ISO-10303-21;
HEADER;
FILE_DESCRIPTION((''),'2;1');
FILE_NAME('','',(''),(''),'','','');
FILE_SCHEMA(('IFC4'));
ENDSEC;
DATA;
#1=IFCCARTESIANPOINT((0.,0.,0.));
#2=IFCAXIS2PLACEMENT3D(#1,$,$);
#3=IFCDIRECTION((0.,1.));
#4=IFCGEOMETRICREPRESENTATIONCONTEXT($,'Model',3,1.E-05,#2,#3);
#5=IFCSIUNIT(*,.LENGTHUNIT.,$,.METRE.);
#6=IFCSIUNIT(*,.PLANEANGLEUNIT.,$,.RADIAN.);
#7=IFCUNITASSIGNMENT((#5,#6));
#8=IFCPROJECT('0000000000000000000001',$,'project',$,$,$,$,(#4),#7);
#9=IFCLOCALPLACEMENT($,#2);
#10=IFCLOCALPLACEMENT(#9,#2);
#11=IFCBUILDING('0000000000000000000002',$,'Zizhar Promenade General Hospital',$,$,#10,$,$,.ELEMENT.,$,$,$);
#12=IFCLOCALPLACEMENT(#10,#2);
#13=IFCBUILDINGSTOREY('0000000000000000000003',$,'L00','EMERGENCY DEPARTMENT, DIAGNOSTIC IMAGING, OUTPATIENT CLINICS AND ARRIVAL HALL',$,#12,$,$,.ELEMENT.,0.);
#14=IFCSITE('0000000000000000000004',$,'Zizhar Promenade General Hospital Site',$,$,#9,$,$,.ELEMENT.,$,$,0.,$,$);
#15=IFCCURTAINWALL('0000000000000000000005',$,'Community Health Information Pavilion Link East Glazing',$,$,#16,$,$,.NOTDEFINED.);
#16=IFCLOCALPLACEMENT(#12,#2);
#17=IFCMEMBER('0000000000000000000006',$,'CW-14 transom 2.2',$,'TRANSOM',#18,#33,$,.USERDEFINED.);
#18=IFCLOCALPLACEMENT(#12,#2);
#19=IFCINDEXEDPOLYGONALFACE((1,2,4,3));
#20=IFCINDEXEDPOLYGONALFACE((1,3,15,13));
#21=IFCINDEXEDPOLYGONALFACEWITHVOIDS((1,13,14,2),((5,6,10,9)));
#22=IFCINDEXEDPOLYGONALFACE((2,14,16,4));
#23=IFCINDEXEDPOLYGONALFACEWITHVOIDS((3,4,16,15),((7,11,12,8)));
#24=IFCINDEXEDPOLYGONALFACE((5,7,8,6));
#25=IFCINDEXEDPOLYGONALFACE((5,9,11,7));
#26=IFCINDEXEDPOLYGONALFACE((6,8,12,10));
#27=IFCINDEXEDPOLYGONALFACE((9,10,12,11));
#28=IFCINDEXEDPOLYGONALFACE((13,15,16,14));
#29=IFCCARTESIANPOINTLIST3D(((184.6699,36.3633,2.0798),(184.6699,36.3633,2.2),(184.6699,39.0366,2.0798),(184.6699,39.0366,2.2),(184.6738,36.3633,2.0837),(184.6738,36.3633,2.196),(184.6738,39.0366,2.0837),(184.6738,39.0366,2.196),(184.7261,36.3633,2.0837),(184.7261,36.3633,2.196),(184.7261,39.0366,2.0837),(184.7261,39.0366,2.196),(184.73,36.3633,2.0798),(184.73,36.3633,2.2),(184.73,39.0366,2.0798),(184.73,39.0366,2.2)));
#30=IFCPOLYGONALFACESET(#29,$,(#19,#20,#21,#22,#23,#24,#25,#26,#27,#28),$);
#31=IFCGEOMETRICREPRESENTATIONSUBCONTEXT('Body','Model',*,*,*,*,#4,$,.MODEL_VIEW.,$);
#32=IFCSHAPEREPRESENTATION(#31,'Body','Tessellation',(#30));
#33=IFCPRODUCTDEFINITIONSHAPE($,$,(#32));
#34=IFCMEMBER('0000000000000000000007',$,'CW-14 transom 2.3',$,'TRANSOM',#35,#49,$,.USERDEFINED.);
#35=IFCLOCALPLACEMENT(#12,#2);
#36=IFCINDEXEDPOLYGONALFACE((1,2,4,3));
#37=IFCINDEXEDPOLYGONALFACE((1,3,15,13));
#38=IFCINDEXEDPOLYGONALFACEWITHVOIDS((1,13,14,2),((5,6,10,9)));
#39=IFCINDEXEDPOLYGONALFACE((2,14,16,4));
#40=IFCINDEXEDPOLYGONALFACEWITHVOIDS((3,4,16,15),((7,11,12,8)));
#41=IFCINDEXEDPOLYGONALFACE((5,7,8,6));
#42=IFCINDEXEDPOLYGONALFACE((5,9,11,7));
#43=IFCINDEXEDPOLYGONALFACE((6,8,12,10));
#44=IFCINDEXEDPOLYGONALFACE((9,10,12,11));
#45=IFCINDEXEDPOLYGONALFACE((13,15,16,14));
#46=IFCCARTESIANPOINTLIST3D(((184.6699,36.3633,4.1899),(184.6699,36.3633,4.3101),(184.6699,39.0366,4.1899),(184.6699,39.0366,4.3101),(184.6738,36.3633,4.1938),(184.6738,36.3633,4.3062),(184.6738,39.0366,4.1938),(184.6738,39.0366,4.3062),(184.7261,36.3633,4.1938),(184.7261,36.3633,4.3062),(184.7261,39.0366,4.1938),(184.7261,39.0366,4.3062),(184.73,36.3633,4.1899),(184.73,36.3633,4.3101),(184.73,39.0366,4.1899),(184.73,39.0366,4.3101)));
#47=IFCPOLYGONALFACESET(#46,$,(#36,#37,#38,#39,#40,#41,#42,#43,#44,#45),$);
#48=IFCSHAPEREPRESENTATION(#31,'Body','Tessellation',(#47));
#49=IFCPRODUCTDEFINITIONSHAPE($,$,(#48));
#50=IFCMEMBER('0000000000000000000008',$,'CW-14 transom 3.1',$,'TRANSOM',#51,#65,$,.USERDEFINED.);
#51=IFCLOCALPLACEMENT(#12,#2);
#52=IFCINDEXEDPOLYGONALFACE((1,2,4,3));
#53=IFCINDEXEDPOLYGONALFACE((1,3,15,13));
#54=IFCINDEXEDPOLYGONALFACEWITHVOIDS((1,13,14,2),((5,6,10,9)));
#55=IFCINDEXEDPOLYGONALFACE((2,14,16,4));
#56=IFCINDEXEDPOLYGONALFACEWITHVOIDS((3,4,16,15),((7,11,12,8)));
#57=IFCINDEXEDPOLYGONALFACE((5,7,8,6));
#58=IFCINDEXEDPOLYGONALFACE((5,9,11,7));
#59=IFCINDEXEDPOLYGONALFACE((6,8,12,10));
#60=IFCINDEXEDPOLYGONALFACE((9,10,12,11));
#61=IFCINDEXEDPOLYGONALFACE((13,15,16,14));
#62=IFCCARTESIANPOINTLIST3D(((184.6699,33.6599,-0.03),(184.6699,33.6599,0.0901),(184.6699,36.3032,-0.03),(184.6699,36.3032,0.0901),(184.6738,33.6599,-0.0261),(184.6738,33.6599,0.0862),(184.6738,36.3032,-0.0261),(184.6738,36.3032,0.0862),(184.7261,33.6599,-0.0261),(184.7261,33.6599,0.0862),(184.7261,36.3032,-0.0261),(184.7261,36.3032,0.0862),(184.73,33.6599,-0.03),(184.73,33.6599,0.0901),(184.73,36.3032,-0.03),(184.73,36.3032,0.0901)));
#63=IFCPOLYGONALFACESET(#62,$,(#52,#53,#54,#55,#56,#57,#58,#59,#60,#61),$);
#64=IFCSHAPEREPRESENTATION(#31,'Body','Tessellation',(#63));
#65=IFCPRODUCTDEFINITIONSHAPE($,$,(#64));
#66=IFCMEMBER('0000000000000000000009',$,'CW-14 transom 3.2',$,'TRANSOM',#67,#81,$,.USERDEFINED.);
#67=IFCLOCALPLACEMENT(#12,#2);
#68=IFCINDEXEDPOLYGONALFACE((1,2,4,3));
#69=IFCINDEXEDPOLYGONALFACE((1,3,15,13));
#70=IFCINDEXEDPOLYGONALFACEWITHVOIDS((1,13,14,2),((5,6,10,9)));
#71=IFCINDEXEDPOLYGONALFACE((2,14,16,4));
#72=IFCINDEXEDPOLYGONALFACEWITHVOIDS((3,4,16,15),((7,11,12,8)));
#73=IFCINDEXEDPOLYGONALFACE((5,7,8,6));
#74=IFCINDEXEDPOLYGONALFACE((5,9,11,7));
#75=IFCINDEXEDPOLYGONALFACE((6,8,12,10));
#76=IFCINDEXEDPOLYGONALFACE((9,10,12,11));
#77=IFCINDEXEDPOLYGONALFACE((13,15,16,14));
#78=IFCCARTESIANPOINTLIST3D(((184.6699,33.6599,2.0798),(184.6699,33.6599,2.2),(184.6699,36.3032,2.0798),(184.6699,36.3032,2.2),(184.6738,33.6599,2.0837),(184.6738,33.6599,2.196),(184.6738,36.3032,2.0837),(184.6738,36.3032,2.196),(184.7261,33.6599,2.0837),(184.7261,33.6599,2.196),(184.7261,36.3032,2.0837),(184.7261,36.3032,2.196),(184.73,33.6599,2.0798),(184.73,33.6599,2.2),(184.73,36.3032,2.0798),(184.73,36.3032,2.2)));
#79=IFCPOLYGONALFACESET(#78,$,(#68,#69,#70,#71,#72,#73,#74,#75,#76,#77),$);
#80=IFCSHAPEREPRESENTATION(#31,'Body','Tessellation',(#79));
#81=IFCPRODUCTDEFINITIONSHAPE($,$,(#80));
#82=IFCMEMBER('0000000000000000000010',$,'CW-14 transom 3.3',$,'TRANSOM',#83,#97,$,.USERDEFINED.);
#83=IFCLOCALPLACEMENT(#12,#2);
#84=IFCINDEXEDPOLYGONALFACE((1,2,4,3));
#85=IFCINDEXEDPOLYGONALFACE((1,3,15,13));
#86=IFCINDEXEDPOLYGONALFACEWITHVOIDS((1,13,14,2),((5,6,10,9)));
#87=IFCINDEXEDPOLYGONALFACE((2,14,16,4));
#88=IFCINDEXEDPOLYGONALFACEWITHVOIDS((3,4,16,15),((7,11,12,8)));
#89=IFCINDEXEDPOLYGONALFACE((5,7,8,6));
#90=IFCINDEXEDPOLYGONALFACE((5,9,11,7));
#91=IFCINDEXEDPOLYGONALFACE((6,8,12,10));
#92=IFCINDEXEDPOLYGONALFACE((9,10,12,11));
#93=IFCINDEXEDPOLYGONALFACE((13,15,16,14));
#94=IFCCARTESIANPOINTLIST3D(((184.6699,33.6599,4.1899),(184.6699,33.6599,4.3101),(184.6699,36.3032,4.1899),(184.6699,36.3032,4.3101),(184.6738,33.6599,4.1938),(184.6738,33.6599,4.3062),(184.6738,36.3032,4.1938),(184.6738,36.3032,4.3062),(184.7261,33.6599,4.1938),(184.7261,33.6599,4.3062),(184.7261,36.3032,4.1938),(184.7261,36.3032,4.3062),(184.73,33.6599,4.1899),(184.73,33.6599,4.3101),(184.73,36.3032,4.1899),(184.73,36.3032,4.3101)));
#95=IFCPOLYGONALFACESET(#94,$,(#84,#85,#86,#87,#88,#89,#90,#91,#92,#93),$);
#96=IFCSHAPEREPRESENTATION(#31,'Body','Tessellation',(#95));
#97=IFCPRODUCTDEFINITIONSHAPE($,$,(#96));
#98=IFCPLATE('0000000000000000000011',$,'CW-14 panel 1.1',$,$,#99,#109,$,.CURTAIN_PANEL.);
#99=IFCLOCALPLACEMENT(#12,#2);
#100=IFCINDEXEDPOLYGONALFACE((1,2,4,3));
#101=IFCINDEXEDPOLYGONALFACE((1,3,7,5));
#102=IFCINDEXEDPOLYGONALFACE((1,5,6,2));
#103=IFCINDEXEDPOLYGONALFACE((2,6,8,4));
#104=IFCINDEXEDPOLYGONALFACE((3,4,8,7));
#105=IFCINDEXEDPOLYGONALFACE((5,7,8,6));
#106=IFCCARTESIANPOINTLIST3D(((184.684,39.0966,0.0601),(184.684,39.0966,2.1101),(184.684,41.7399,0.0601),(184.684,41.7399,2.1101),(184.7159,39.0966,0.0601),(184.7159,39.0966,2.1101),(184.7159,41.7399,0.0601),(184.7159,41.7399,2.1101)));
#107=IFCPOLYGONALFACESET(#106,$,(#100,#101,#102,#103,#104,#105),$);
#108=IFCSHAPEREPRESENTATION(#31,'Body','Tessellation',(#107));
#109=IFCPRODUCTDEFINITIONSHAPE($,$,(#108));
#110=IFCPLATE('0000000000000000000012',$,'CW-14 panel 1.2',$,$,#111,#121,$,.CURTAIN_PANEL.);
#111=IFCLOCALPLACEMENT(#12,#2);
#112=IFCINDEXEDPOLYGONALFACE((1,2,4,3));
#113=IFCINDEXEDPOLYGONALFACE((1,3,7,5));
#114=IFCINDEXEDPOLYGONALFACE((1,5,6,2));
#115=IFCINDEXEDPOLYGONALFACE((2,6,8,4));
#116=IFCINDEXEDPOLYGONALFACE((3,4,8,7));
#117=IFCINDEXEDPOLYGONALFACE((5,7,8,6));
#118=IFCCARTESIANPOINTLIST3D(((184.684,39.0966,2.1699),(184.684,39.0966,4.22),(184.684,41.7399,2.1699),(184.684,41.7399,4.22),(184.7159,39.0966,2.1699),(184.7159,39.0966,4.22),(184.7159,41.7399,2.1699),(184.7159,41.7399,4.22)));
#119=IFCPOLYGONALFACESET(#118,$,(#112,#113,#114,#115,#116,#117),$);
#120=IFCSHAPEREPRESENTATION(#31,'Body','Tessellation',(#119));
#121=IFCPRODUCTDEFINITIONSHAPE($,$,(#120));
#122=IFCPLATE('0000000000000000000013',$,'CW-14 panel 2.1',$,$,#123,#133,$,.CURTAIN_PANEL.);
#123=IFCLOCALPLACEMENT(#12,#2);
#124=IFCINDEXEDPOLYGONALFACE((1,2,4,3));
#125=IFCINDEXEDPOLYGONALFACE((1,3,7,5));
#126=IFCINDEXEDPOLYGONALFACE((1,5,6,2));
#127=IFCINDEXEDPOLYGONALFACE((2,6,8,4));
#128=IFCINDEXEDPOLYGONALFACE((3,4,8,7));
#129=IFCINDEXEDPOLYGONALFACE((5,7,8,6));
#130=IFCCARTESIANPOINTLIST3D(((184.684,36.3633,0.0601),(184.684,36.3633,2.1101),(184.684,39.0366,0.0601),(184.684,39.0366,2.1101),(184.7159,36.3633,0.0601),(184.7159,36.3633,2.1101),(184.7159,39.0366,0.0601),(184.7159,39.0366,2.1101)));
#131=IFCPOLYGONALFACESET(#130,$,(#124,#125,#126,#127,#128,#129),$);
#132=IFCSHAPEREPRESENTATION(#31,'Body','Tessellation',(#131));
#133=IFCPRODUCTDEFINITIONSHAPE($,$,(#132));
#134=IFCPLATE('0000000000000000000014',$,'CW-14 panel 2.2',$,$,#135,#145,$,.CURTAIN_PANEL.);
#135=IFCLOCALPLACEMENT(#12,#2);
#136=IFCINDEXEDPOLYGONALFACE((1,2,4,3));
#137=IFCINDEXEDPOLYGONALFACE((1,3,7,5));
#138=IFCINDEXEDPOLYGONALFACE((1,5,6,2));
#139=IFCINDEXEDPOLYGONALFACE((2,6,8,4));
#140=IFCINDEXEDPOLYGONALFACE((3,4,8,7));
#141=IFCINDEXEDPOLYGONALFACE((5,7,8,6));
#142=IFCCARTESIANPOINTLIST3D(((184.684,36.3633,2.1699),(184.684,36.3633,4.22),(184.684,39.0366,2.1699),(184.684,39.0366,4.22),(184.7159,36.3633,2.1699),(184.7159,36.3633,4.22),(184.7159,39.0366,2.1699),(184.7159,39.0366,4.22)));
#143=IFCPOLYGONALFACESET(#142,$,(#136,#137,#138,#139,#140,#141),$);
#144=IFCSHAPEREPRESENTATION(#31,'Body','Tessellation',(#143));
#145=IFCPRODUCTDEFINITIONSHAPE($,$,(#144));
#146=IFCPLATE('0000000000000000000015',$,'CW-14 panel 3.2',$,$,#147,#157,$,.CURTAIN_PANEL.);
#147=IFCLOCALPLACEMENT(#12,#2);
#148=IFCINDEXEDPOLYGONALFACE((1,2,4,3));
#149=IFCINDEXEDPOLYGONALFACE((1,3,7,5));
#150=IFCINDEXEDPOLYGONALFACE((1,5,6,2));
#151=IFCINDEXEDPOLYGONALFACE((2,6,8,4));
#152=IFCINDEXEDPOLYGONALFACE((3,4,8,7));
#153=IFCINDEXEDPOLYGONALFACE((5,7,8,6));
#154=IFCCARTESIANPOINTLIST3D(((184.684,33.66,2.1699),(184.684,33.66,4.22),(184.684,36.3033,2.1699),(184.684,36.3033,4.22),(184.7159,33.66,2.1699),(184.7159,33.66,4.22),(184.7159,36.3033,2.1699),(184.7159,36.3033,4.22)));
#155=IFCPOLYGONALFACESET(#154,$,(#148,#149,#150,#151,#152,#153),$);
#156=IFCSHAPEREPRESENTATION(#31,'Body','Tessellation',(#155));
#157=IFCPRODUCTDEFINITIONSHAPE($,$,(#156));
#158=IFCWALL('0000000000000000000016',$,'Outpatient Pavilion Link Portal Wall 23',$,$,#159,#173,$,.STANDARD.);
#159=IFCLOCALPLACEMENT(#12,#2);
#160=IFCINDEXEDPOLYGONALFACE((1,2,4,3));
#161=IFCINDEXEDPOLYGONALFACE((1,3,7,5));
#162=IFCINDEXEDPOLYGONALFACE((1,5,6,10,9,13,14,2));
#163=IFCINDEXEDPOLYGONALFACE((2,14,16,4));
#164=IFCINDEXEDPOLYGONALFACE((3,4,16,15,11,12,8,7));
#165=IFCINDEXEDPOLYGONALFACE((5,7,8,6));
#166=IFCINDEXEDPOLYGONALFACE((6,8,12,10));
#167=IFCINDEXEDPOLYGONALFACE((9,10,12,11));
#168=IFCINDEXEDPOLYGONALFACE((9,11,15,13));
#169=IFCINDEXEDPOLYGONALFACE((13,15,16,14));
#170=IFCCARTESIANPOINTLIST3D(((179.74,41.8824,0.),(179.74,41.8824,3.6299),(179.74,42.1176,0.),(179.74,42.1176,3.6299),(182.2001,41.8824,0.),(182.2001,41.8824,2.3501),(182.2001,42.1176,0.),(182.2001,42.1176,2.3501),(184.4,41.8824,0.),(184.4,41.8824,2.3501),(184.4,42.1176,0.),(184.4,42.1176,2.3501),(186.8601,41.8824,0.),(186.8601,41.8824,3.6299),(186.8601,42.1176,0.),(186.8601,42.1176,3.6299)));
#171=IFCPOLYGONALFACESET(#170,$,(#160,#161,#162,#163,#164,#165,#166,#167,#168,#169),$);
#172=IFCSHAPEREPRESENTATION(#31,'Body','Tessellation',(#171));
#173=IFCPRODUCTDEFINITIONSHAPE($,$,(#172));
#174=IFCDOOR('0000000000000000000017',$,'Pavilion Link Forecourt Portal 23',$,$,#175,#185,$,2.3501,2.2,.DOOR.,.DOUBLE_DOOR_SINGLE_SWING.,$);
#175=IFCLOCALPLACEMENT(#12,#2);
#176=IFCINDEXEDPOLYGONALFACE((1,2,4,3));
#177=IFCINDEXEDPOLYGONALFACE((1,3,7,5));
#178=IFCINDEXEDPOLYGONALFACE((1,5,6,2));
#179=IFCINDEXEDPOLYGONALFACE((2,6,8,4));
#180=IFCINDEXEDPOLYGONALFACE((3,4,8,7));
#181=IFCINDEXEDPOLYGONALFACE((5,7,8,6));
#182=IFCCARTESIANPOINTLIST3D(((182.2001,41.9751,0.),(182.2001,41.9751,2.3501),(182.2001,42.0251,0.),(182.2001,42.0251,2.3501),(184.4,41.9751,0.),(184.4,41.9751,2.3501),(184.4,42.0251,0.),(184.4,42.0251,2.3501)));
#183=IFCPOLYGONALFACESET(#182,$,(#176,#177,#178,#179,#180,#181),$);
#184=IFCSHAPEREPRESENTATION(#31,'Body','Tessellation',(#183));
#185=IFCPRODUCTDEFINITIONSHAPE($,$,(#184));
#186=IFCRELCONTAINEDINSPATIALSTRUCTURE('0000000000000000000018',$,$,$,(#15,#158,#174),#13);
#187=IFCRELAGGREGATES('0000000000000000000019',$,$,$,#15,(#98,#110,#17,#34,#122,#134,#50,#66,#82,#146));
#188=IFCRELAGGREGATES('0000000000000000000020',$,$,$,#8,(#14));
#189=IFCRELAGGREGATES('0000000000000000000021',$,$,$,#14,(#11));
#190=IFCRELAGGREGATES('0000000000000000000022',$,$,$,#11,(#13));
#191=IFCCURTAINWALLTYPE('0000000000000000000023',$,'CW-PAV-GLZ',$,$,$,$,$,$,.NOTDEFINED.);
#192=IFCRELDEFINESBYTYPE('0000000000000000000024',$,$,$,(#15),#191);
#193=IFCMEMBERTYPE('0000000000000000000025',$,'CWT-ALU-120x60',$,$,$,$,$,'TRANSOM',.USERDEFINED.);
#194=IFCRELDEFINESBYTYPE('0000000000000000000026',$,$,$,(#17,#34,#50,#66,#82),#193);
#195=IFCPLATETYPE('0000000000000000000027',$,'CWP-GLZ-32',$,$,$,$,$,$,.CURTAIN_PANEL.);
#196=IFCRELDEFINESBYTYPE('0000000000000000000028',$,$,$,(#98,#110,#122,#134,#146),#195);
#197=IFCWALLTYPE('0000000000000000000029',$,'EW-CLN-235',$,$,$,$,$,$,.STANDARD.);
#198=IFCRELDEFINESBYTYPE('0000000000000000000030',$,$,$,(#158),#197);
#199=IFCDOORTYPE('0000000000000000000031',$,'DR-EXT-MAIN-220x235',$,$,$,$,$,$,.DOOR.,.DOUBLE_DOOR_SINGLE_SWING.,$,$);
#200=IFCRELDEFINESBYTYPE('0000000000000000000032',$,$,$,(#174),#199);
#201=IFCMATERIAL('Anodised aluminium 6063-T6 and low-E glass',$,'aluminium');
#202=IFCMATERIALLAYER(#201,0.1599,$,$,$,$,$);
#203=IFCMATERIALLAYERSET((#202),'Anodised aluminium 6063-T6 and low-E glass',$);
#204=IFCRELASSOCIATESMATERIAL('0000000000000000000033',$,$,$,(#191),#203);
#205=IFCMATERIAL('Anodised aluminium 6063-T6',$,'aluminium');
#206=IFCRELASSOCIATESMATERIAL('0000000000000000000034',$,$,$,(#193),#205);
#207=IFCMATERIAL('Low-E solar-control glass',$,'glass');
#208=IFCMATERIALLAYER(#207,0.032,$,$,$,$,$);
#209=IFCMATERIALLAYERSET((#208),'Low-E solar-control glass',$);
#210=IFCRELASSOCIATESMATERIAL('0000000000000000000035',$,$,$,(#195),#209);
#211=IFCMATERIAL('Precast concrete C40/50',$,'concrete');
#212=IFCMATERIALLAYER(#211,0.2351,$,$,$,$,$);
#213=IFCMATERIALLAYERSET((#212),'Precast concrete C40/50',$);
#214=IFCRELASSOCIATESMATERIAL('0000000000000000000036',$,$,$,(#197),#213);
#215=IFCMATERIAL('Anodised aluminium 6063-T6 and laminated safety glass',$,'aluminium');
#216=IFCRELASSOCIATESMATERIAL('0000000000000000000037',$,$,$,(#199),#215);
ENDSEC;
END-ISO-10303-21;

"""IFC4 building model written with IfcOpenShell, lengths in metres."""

from ifc_helpers import new_model, si_unit, direction, frame, frame_2d, origin, origin_2d, place, context, subcontext, project, spatial, rectangle, hollow_rectangle, extrude, material, layer, layer_set, material_profile, profile_set, type_object, element, fill, aggregate, save


model = new_model("IFC4")

# Units and contexts
model_context = context("Model", 3, precision=1e-05, world=origin(), true_north=direction((0.0, 1.0)))
body_context = subcontext(model_context, "Body", "Model", "MODEL_VIEW")
ifc_project = project(units=[si_unit("LENGTHUNIT", "METRE"), si_unit("PLANEANGLEUNIT", "RADIAN")], contexts=[model_context])

# Site, building, storey
site_placement = place(None, origin())
site = spatial("IfcSite", under=ifc_project, at=site_placement, Name="Zizhar Promenade General Hospital Site", CompositionType="ELEMENT", RefElevation=0.0)
building_placement = place(site_placement, origin())
building = spatial("IfcBuilding", under=site, at=building_placement, Name="Zizhar Promenade General Hospital", CompositionType="ELEMENT")
storey_placement = place(building_placement, origin())
storey = spatial("IfcBuildingStorey", under=building, at=storey_placement, Name="L00", Description="EMERGENCY DEPARTMENT, DIAGNOSTIC IMAGING, OUTPATIENT CLINICS AND ARRIVAL HALL", CompositionType="ELEMENT", Elevation=0.0)

# Curtain wall, members, plates
ifc_material_1 = material(Name="Anodised aluminium 6063-T6 and low-E glass", Category="aluminium")
ifc_layer_1 = layer(ifc_material_1, 0.1599)
ifc_layer_set_1 = layer_set([ifc_layer_1], Name="Anodised aluminium 6063-T6 and low-E glass")
curtain_wall_type = type_object("IfcCurtainWallType", Name="CW-PAV-GLZ", PredefinedType="NOTDEFINED", material=ifc_layer_set_1)
curtain_wall_placement = place(storey_placement, origin())
curtain_wall = element("IfcCurtainWall", 1, at=curtain_wall_placement, inside=storey, type_object=curtain_wall_type, Name="Community Health Information Pavilion Link East Glazing", PredefinedType="NOTDEFINED")
ifc_material_2 = material(Name="Anodised aluminium 6063-T6", Category="aluminium")
ifc_material_profile_1 = material_profile(ifc_material_2, hollow_rectangle(XDim=0.0601, YDim=0.1201, WallThickness=0.0039, at=origin_2d()))
ifc_profile_set_1 = profile_set([ifc_material_profile_1], Name="Anodised aluminium 6063-T6")
member_type_1 = type_object("IfcMemberType", Name="CWT-ALU-120x60", ElementType="TRANSOM", PredefinedType="USERDEFINED", material=ifc_profile_set_1)
member_1_placement = place(storey_placement, frame((184.7, 39.0366, 2.1399), z_axis=(0.0, -1.0, 0.0), x_axis=(1.0, 0.0, 0.0)))
member_1 = element("IfcMember", 2, at=member_1_placement, type_object=member_type_1, Name="CW-14 transom 2.2", ObjectType="TRANSOM", PredefinedType="USERDEFINED", context=body_context, shape_type="SweptSolid", body=[
    extrude(hollow_rectangle(XDim=0.0601, YDim=0.1201, WallThickness=0.0039, at=origin_2d()), origin(), (0.0, 0.0, 1.0), 2.6733),
])
member_2_placement = place(storey_placement, frame((184.7, 39.0366, 4.25), z_axis=(0.0, -1.0, 0.0), x_axis=(1.0, 0.0, 0.0)))
member_2 = element("IfcMember", 3, at=member_2_placement, type_object=member_type_1, Name="CW-14 transom 2.3", ObjectType="TRANSOM", PredefinedType="USERDEFINED", context=body_context, shape_type="SweptSolid", body=[
    extrude(hollow_rectangle(XDim=0.0601, YDim=0.1201, WallThickness=0.0039, at=origin_2d()), origin(), (0.0, 0.0, 1.0), 2.6733),
])
member_3_placement = place(storey_placement, frame((184.7, 36.3032, 0.03), z_axis=(0.0, -1.0, 0.0), x_axis=(1.0, 0.0, 0.0)))
member_3 = element("IfcMember", 4, at=member_3_placement, type_object=member_type_1, Name="CW-14 transom 3.1", ObjectType="TRANSOM", PredefinedType="USERDEFINED", context=body_context, shape_type="SweptSolid", body=[
    extrude(hollow_rectangle(XDim=0.0601, YDim=0.1201, WallThickness=0.0039, at=origin_2d()), origin(), (0.0, 0.0, 1.0), 2.6433),
])
member_4_placement = place(storey_placement, frame((184.7, 36.3032, 2.1399), z_axis=(0.0, -1.0, 0.0), x_axis=(1.0, 0.0, 0.0)))
member_4 = element("IfcMember", 5, at=member_4_placement, type_object=member_type_1, Name="CW-14 transom 3.2", ObjectType="TRANSOM", PredefinedType="USERDEFINED", context=body_context, shape_type="SweptSolid", body=[
    extrude(hollow_rectangle(XDim=0.0601, YDim=0.1201, WallThickness=0.0039, at=origin_2d()), origin(), (0.0, 0.0, 1.0), 2.6433),
])
member_5_placement = place(storey_placement, frame((184.7, 36.3032, 4.25), z_axis=(0.0, -1.0, 0.0), x_axis=(1.0, 0.0, 0.0)))
member_5 = element("IfcMember", 6, at=member_5_placement, type_object=member_type_1, Name="CW-14 transom 3.3", ObjectType="TRANSOM", PredefinedType="USERDEFINED", context=body_context, shape_type="SweptSolid", body=[
    extrude(hollow_rectangle(XDim=0.0601, YDim=0.1201, WallThickness=0.0039, at=origin_2d()), origin(), (0.0, 0.0, 1.0), 2.6433),
])
ifc_material_3 = material(Name="Low-E solar-control glass", Category="glass")
ifc_layer_2 = layer(ifc_material_3, 0.032)
ifc_layer_set_2 = layer_set([ifc_layer_2], Name="Low-E solar-control glass")
plate_type = type_object("IfcPlateType", Name="CWP-GLZ-32", PredefinedType="CURTAIN_PANEL", material=ifc_layer_set_2)
plate_1_placement = place(storey_placement, frame((184.7, 40.4182, 0.0601), z_axis=(0.0, 0.0, 1.0), x_axis=(0.0, -1.0, 0.0)))
plate_1 = element("IfcPlate", 7, at=plate_1_placement, type_object=plate_type, Name="CW-14 panel 1.1", PredefinedType="CURTAIN_PANEL", context=body_context, shape_type="SweptSolid", body=[
    extrude(rectangle(XDim=2.6433, YDim=0.032, at=origin_2d()), origin(), (0.0, 0.0, 1.0), 2.05),
])
plate_2_placement = place(storey_placement, frame((184.7, 40.4182, 2.1699), z_axis=(0.0, 0.0, 1.0), x_axis=(0.0, -1.0, 0.0)))
plate_2 = element("IfcPlate", 8, at=plate_2_placement, type_object=plate_type, Name="CW-14 panel 1.2", PredefinedType="CURTAIN_PANEL", context=body_context, shape_type="SweptSolid", body=[
    extrude(rectangle(XDim=2.6433, YDim=0.032, at=origin_2d()), origin(), (0.0, 0.0, 1.0), 2.05),
])
plate_3_placement = place(storey_placement, frame((184.7, 37.7, 0.0601), z_axis=(0.0, 0.0, 1.0), x_axis=(0.0, -1.0, 0.0)))
plate_3 = element("IfcPlate", 9, at=plate_3_placement, type_object=plate_type, Name="CW-14 panel 2.1", PredefinedType="CURTAIN_PANEL", context=body_context, shape_type="SweptSolid", body=[
    extrude(rectangle(XDim=2.6733, YDim=0.032, at=origin_2d()), origin(), (0.0, 0.0, 1.0), 2.05),
])
plate_4_placement = place(storey_placement, frame((184.7, 37.7, 2.1699), z_axis=(0.0, 0.0, 1.0), x_axis=(0.0, -1.0, 0.0)))
plate_4 = element("IfcPlate", 10, at=plate_4_placement, type_object=plate_type, Name="CW-14 panel 2.2", PredefinedType="CURTAIN_PANEL", context=body_context, shape_type="SweptSolid", body=[
    extrude(rectangle(XDim=2.6733, YDim=0.032, at=origin_2d()), origin(), (0.0, 0.0, 1.0), 2.05),
])
plate_5_placement = place(storey_placement, frame((184.7, 34.9817, 2.1699), z_axis=(0.0, 0.0, 1.0), x_axis=(0.0, -1.0, 0.0)))
plate_5 = element("IfcPlate", 11, at=plate_5_placement, type_object=plate_type, Name="CW-14 panel 3.2", PredefinedType="CURTAIN_PANEL", context=body_context, shape_type="SweptSolid", body=[
    extrude(rectangle(XDim=2.6433, YDim=0.032, at=origin_2d()), origin(), (0.0, 0.0, 1.0), 2.05),
])
aggregate(curtain_wall, [plate_1, plate_2, member_1, member_2, plate_3, plate_4, member_3, member_4, member_5, plate_5])

# Wall, opening, door
ifc_material_4 = material(Name="Precast concrete C40/50", Category="concrete")
ifc_layer_3 = layer(ifc_material_4, 0.2351)
ifc_layer_set_3 = layer_set([ifc_layer_3], Name="Precast concrete C40/50")
wall_type = type_object("IfcWallType", Name="EW-CLN-235", PredefinedType="STANDARD", material=ifc_layer_set_3)
wall_1_placement = place(storey_placement, frame((186.8601, 42.0, 0.0), z_axis=(0.0, 0.0, 1.0), x_axis=(-1.0, 0.0, 0.0)))
wall_1 = element("IfcWall", 12, at=wall_1_placement, inside=storey, type_object=wall_type, Name="Outpatient Pavilion Link Portal Wall 23", PredefinedType="STANDARD", context=body_context, shape_type="SweptSolid", body=[
    extrude(rectangle(XDim=7.1201, YDim=0.2351, at=frame_2d((3.5601, 0.0))), origin(), (0.0, 0.0, 1.0), 3.6299),
])
opening_1_placement = place(wall_1_placement, frame((2.46, 0.0, 0.0)))
opening_1 = element("IfcOpeningElement", 13, at=opening_1_placement, cuts=wall_1, PredefinedType="OPENING", context=body_context, shape_type="SweptSolid", body=[
    extrude(rectangle(XDim=2.2, YDim=2.3501, at=frame_2d((1.1001, 1.175))), frame((0.0, 0.1274, 0.0), z_axis=(0.0, -1.0, 0.0), x_axis=(1.0, 0.0, 0.0)), (0.0, 0.0, 1.0), 0.2551),
])
ifc_material_5 = material(Name="Anodised aluminium 6063-T6 and laminated safety glass", Category="aluminium")
door_type = type_object("IfcDoorType", Name="DR-EXT-MAIN-220x235", OperationType="DOUBLE_DOOR_SINGLE_SWING", PredefinedType="DOOR", material=ifc_material_5)
door_placement = place(opening_1_placement, origin())
door = element("IfcDoor", 14, at=door_placement, inside=storey, type_object=door_type, Name="Pavilion Link Forecourt Portal 23", OperationType="DOUBLE_DOOR_SINGLE_SWING", OverallHeight=2.3501, OverallWidth=2.2, PredefinedType="DOOR", context=body_context, shape_type="SweptSolid", body=[
    extrude(rectangle(XDim=2.2, YDim=2.3501, at=frame_2d((1.1001, 1.175))), frame((0.0, 0.0249, 0.0), z_axis=(0.0, -1.0, 0.0), x_axis=(1.0, 0.0, 0.0)), (0.0, 0.0, 1.0), 0.05),
])
fill(opening_1, door)

save(model, "model.ifc")
